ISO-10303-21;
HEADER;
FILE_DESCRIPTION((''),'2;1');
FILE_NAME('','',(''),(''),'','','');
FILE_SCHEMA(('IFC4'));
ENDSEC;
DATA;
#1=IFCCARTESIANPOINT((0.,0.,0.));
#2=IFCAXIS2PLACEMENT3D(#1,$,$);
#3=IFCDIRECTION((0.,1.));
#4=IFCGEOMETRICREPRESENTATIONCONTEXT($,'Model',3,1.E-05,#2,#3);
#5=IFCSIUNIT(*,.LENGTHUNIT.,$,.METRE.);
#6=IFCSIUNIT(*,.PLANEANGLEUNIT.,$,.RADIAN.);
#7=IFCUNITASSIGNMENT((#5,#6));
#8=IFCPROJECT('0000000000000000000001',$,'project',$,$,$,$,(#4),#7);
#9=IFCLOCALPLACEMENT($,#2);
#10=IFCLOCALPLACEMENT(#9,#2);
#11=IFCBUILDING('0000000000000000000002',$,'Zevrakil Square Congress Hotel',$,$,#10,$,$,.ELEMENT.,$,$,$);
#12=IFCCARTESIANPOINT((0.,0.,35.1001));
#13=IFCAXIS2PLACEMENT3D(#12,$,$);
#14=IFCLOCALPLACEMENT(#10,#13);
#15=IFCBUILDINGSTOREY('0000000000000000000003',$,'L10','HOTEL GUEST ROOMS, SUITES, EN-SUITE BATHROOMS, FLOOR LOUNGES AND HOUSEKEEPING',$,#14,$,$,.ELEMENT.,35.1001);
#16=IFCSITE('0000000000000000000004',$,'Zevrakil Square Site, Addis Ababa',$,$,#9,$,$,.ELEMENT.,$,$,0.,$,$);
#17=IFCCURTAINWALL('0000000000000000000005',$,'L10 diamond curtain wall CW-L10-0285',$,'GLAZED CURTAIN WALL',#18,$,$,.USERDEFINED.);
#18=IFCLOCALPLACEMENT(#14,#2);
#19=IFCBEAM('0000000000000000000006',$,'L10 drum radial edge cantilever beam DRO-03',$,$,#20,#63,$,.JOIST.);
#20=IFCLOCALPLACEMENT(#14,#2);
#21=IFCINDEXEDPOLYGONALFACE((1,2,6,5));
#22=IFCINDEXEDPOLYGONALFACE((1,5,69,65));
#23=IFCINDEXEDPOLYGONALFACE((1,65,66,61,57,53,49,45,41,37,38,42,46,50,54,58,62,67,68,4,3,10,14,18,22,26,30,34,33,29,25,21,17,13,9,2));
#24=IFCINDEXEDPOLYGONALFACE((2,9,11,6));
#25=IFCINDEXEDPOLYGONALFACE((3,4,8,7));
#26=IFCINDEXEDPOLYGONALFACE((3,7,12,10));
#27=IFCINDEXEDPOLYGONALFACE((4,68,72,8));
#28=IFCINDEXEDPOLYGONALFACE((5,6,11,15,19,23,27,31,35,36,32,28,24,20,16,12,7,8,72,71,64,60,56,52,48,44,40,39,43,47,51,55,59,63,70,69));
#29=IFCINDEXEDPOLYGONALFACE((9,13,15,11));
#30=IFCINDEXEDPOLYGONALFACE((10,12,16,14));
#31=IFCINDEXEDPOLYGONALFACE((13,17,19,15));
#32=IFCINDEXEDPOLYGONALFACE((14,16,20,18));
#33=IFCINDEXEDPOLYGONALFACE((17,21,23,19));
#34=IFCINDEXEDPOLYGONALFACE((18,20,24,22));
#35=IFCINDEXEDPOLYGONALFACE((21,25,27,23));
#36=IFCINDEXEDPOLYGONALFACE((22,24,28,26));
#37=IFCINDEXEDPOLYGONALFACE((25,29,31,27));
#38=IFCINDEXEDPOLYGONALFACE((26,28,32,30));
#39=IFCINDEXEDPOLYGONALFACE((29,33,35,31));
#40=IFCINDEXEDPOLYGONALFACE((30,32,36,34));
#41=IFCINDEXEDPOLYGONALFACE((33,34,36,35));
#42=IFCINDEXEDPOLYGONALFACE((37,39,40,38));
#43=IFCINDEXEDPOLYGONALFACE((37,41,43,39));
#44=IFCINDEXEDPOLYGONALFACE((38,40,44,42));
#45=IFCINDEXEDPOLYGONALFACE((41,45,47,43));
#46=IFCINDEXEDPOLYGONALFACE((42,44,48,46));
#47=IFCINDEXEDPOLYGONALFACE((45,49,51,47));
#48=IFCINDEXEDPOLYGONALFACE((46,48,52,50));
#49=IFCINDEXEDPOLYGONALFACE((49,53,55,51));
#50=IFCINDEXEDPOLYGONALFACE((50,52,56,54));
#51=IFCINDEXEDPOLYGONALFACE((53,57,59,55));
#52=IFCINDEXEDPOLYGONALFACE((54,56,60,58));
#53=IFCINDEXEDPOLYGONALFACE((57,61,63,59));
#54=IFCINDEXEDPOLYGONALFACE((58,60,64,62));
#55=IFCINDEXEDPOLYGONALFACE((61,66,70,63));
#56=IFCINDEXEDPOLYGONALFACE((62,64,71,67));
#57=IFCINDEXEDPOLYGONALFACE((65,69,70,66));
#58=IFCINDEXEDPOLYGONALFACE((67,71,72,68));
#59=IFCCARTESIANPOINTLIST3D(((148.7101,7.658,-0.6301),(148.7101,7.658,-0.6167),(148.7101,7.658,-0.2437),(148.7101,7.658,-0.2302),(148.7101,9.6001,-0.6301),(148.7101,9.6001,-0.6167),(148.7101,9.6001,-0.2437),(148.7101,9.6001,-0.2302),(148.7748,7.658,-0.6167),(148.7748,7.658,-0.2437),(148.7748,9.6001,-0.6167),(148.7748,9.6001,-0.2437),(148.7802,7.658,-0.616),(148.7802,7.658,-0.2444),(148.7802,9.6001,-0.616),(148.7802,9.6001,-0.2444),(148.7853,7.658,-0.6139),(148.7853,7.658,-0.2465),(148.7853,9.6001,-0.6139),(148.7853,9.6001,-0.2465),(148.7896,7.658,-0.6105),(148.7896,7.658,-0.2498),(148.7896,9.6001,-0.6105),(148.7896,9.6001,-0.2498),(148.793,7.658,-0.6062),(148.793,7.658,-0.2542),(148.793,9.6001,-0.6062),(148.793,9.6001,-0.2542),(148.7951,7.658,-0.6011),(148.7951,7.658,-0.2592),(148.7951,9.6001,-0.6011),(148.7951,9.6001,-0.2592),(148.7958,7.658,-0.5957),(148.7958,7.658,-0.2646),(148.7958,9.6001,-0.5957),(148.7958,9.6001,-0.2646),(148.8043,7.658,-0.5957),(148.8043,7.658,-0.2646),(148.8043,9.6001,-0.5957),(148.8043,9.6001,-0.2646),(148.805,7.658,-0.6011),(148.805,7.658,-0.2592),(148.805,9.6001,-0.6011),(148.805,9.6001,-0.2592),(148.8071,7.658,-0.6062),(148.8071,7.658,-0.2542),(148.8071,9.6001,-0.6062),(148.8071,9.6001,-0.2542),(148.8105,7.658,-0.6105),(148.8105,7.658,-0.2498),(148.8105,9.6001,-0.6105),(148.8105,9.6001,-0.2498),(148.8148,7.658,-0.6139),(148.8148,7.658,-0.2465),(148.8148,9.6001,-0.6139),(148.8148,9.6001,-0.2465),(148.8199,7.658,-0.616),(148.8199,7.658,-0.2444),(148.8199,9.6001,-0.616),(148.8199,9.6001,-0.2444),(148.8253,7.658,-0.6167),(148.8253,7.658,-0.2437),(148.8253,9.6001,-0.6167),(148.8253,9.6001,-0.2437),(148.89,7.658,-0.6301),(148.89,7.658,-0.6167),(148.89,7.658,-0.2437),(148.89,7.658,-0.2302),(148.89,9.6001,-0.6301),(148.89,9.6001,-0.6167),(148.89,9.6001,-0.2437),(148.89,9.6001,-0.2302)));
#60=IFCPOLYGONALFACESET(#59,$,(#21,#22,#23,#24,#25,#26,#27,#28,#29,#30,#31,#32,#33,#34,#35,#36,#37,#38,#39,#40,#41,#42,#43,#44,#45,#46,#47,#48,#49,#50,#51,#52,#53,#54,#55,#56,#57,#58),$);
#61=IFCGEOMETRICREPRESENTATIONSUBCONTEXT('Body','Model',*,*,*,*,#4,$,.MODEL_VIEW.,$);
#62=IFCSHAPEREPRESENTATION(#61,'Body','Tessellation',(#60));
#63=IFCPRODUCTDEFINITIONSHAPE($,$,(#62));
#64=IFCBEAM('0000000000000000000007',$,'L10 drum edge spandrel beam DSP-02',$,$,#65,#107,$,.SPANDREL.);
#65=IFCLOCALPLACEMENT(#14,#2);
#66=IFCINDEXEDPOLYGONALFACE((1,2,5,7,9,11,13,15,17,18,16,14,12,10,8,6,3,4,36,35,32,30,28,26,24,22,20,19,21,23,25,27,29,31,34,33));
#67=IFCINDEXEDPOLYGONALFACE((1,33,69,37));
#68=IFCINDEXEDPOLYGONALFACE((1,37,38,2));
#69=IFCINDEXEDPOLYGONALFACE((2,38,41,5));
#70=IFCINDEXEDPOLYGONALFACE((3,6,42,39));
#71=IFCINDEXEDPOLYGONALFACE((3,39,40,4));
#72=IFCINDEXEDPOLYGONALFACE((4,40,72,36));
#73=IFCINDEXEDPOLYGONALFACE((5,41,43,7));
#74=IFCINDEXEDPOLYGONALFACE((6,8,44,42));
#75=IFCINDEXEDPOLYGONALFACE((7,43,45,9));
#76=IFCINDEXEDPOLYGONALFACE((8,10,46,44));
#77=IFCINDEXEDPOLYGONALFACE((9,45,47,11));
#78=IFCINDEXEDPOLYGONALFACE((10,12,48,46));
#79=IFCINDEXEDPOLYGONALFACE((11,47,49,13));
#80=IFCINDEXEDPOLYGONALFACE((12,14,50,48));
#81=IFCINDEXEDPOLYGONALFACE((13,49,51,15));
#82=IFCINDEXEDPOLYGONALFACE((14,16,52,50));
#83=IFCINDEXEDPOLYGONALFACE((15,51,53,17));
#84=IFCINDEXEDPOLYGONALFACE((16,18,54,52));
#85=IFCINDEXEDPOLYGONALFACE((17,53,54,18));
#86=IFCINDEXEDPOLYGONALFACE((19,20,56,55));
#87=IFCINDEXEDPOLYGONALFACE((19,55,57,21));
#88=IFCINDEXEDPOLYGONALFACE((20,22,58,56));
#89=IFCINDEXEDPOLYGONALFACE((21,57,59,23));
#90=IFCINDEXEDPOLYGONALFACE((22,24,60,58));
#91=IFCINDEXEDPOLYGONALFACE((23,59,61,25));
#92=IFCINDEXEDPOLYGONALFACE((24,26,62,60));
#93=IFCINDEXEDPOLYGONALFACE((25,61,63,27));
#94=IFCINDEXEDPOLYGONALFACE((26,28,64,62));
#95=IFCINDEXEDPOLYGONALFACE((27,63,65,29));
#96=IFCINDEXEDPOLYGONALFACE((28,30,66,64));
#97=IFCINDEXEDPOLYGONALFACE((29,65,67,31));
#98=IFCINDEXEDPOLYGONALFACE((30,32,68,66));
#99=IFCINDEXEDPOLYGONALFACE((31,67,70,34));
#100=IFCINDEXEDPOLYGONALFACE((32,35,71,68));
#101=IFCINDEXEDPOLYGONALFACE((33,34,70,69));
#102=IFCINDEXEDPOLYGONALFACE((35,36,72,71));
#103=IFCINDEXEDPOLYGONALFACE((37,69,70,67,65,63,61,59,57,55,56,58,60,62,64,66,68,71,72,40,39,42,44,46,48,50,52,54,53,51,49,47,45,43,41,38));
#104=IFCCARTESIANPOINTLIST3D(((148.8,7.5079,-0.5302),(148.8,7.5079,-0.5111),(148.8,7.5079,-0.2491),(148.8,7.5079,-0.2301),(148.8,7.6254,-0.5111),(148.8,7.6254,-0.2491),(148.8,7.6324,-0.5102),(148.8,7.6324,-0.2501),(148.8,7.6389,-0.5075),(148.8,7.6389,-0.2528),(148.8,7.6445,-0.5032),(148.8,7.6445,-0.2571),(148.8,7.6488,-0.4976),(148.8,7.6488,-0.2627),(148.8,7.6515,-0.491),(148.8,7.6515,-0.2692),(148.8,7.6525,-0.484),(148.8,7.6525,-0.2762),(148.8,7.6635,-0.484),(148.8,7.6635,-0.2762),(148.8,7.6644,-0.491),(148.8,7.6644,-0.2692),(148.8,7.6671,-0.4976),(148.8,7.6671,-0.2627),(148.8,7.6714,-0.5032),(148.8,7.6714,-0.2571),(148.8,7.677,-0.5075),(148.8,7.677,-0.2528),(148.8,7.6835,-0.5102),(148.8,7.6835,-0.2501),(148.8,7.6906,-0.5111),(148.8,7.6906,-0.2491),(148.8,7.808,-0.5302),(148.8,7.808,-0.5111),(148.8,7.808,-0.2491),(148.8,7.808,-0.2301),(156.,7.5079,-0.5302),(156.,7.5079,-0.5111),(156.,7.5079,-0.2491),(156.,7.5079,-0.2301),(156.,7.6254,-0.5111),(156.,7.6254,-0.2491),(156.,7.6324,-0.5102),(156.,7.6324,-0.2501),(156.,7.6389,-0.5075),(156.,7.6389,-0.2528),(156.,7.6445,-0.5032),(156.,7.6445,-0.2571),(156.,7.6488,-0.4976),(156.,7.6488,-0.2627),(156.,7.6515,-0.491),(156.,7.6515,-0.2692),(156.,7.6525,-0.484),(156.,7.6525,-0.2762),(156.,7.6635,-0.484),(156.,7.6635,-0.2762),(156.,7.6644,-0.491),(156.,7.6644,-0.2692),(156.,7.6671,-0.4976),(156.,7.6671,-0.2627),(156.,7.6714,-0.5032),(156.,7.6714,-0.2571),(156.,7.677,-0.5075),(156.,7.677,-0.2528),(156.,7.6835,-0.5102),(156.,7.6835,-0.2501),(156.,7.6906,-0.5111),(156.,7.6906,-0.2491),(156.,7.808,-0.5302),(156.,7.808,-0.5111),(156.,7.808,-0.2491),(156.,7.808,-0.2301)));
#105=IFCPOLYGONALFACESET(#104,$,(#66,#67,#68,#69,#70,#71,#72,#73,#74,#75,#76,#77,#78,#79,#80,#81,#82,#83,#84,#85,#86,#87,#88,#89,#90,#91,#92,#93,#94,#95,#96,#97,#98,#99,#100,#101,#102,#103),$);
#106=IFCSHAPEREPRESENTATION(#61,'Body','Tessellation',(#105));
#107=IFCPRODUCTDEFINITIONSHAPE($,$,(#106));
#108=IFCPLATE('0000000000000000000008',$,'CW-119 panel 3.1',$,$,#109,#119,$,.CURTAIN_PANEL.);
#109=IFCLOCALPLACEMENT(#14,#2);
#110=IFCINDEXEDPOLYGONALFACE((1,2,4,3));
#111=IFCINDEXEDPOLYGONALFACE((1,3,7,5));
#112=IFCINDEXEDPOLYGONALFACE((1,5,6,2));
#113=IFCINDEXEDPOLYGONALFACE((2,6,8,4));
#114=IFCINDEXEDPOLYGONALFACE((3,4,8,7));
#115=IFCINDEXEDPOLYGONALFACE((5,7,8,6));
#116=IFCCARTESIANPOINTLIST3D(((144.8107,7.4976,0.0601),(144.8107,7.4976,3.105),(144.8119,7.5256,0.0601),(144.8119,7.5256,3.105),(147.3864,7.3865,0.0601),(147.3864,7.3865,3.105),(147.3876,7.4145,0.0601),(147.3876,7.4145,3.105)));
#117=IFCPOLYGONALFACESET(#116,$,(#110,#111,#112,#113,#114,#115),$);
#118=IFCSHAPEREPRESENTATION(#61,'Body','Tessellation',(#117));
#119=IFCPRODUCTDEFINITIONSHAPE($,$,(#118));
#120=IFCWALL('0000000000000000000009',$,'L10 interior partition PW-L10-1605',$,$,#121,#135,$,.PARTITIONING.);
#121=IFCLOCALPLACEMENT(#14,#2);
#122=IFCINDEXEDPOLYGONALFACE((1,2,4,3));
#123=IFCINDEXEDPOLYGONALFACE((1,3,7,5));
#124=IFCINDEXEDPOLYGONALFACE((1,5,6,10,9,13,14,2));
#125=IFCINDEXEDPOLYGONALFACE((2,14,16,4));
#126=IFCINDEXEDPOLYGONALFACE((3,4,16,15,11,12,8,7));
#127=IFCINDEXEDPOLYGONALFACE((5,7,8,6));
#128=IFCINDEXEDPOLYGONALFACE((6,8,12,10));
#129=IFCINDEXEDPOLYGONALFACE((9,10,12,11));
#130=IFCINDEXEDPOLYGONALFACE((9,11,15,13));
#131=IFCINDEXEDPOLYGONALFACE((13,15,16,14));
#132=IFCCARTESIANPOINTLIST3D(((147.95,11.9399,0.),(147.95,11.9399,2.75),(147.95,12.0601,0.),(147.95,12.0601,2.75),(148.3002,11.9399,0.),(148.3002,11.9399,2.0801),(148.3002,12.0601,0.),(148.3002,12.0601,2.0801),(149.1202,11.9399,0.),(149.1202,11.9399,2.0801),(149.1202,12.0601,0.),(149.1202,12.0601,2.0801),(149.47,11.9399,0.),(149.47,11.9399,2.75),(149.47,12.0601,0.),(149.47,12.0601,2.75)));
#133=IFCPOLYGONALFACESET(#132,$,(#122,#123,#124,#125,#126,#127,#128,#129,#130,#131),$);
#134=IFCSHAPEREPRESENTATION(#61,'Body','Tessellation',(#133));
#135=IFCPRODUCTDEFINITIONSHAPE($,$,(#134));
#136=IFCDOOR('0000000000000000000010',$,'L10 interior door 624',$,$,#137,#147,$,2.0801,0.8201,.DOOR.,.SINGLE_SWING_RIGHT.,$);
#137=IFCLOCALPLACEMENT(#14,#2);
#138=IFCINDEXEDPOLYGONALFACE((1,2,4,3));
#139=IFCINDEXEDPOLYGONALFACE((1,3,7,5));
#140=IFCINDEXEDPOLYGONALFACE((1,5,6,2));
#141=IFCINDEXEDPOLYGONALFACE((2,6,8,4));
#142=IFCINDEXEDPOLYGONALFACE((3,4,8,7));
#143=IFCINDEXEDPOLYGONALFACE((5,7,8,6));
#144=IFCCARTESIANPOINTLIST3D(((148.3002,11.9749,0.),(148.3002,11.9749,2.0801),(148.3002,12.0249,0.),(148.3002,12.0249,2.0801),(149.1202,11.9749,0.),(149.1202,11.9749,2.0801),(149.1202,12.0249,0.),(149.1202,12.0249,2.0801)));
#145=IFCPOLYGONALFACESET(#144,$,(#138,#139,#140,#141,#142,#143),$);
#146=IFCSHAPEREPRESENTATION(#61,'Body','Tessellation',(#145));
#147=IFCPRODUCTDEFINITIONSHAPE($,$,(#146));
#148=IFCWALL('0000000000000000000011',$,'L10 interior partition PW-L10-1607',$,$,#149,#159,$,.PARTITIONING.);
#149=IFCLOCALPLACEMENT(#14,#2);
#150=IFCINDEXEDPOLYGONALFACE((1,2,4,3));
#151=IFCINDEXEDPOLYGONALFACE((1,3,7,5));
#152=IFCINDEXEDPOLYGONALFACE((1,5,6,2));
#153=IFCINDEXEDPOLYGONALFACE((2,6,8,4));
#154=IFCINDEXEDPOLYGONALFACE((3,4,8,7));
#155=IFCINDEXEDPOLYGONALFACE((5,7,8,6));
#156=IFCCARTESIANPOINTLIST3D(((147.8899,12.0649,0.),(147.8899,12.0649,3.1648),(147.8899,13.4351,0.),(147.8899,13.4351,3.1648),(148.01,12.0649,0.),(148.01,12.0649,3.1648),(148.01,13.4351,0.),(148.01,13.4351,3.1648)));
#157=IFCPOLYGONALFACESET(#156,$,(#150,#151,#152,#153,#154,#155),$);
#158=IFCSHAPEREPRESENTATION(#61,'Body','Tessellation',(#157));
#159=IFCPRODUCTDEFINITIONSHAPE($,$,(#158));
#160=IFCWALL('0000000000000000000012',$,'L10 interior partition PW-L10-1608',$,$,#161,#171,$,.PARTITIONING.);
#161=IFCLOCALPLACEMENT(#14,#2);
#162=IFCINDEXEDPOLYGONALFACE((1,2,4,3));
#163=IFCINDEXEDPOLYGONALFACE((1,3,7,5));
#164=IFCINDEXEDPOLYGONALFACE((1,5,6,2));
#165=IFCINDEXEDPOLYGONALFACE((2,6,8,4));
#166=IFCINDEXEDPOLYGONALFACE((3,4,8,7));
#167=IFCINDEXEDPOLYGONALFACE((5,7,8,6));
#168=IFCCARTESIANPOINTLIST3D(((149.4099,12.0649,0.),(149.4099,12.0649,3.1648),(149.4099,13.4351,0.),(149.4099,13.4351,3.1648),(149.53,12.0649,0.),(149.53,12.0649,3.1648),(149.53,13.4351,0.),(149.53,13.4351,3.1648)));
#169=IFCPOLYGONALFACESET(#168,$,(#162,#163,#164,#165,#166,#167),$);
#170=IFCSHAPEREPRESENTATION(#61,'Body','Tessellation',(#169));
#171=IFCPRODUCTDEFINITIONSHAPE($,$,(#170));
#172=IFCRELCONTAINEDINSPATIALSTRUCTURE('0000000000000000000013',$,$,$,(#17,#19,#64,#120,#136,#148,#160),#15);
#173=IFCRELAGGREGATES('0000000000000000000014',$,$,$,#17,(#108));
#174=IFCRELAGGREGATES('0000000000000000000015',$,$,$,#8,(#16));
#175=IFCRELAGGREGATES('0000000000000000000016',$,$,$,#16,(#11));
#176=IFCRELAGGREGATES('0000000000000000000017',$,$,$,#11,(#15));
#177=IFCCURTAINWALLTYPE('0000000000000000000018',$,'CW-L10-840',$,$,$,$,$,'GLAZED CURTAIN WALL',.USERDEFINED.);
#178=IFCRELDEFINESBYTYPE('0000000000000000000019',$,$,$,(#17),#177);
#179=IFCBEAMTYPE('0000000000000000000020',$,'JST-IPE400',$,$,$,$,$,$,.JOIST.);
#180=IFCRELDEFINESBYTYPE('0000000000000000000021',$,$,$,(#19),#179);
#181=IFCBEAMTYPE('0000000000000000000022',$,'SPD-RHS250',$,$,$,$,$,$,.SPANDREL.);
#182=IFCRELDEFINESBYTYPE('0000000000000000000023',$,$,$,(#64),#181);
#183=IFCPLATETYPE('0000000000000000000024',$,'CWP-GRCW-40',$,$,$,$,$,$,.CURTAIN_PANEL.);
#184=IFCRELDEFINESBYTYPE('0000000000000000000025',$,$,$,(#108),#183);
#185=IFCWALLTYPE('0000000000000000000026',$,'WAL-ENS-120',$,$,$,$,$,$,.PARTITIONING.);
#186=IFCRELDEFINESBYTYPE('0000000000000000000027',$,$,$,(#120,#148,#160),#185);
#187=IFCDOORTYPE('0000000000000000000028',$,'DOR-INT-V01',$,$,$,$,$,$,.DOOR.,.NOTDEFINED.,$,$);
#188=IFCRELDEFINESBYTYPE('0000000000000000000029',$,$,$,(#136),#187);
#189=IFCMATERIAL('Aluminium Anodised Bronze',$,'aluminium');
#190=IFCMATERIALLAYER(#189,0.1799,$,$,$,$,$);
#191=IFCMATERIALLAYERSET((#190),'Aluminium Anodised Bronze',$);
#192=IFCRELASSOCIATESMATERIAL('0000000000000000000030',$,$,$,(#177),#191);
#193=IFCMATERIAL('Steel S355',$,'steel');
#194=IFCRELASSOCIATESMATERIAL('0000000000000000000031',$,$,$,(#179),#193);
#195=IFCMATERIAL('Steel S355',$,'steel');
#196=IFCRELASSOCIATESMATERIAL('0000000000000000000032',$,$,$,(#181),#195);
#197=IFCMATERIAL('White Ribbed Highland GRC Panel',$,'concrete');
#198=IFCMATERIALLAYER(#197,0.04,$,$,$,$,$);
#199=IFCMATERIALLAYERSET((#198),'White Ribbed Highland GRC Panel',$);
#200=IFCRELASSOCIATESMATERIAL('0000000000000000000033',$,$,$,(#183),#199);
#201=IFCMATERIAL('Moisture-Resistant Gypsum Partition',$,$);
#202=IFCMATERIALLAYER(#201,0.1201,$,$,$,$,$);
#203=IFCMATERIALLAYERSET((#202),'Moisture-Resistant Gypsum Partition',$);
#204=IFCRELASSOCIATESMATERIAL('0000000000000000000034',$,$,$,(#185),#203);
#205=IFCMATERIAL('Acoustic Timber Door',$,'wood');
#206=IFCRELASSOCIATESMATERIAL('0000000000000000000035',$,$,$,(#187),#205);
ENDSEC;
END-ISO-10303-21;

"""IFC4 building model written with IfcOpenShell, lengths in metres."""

from ifc_helpers import new_model, si_unit, direction, frame, frame_2d, origin, origin_2d, place, context, subcontext, project, spatial, rectangle, i_section, extrude, material, layer, layer_set, material_profile, profile_set, type_object, element, fill, aggregate, save


model = new_model("IFC4")

# Units and contexts
model_context = context("Model", 3, precision=1e-05, world=origin(), true_north=direction((0.0, 1.0)))
body_context = subcontext(model_context, "Body", "Model", "MODEL_VIEW")
ifc_project = project(units=[si_unit("LENGTHUNIT", "METRE"), si_unit("PLANEANGLEUNIT", "RADIAN")], contexts=[model_context])

# Site, building, storey
site_placement = place(None, origin())
site = spatial("IfcSite", under=ifc_project, at=site_placement, Name="Zevrakil Square Site, Addis Ababa", CompositionType="ELEMENT", RefElevation=0.0)
building_placement = place(site_placement, origin())
building = spatial("IfcBuilding", under=site, at=building_placement, Name="Zevrakil Square Congress Hotel", CompositionType="ELEMENT")
storey_placement = place(building_placement, frame((0.0, 0.0, 35.1001)))
storey = spatial("IfcBuildingStorey", under=building, at=storey_placement, Name="L10", Description="HOTEL GUEST ROOMS, SUITES, EN-SUITE BATHROOMS, FLOOR LOUNGES AND HOUSEKEEPING", CompositionType="ELEMENT", Elevation=35.1001)

# Curtain wall
ifc_material_1 = material(Name="Aluminium Anodised Bronze", Category="aluminium")
ifc_layer_1 = layer(ifc_material_1, 0.1799)
ifc_layer_set_1 = layer_set([ifc_layer_1], Name="Aluminium Anodised Bronze")
curtain_wall_type = type_object("IfcCurtainWallType", Name="CW-L10-840", ElementType="GLAZED CURTAIN WALL", PredefinedType="USERDEFINED", material=ifc_layer_set_1)
curtain_wall_placement = place(storey_placement, origin())
curtain_wall = element("IfcCurtainWall", 1, at=curtain_wall_placement, inside=storey, type_object=curtain_wall_type, Name="L10 diamond curtain wall CW-L10-0285", ObjectType="GLAZED CURTAIN WALL", PredefinedType="USERDEFINED")

# Beams
ifc_material_2 = material(Name="Steel S355", Category="steel")
ifc_material_profile_1 = material_profile(ifc_material_2, i_section(OverallWidth=0.1799, OverallDepth=0.3999, WebThickness=0.0085, FlangeThickness=0.0134, FilletRadius=0.021, at=origin_2d()), Name="IPE 400")
ifc_profile_set_1 = profile_set([ifc_material_profile_1], Name="Steel S355")
beam_type_1 = type_object("IfcBeamType", Name="JST-IPE400", PredefinedType="JOIST", material=ifc_profile_set_1)
beam_1_placement = place(storey_placement, frame((148.8, 9.6001, -0.4302), z_axis=(0.0, -1.0, 0.0), x_axis=(1.0, 0.0, 0.0)))
element("IfcBeam", 2, at=beam_1_placement, inside=storey, type_object=beam_type_1, Name="L10 drum radial edge cantilever beam DRO-03", PredefinedType="JOIST", context=body_context, shape_type="SweptSolid", body=[
    extrude(i_section(OverallWidth=0.1799, OverallDepth=0.3999, WebThickness=0.0085, FlangeThickness=0.0134, FilletRadius=0.021, at=origin_2d()), origin(), (0.0, 0.0, 1.0), 1.9421),
])
ifc_material_3 = material(Name="Steel S355", Category="steel")
ifc_material_profile_2 = material_profile(ifc_material_3, i_section(OverallWidth=0.3, OverallDepth=0.3, WebThickness=0.011, FlangeThickness=0.019, FilletRadius=0.0271, at=origin_2d()), Name="HEB 300")
ifc_profile_set_2 = profile_set([ifc_material_profile_2], Name="Steel S355")
beam_type_2 = type_object("IfcBeamType", Name="SPD-RHS250", PredefinedType="SPANDREL", material=ifc_profile_set_2)
beam_2_placement = place(storey_placement, frame((148.8, 7.658, -0.3801), z_axis=(1.0, 0.0, 0.0), x_axis=(0.0, 1.0, 0.0)))
element("IfcBeam", 3, at=beam_2_placement, inside=storey, type_object=beam_type_2, Name="L10 drum edge spandrel beam DSP-02", PredefinedType="SPANDREL", context=body_context, shape_type="SweptSolid", body=[
    extrude(i_section(OverallWidth=0.3, OverallDepth=0.3, WebThickness=0.011, FlangeThickness=0.019, FilletRadius=0.0271, at=origin_2d()), origin(), (0.0, 0.0, 1.0), 7.2),
])

# Plate
ifc_material_4 = material(Name="White Ribbed Highland GRC Panel", Category="concrete")
ifc_layer_2 = layer(ifc_material_4, 0.04)
ifc_layer_set_2 = layer_set([ifc_layer_2], Name="White Ribbed Highland GRC Panel")
plate_type = type_object("IfcPlateType", Name="CWP-GRCW-40", PredefinedType="CURTAIN_PANEL", material=ifc_layer_set_2)
plate_placement = place(storey_placement, frame((146.0991, 7.4561, 0.0601), z_axis=(0.0, 0.0, 1.0), x_axis=(0.999071, -0.043102, 0.0)))
plate = element("IfcPlate", 4, at=plate_placement, type_object=plate_type, Name="CW-119 panel 3.1", PredefinedType="CURTAIN_PANEL", context=body_context, shape_type="SweptSolid", body=[
    extrude(rectangle(XDim=2.5781, YDim=0.0281, at=origin_2d()), origin(), (0.0, 0.0, 1.0), 3.0449),
])
aggregate(curtain_wall, [plate])

# Wall, opening, door
ifc_material_5 = material(Name="Moisture-Resistant Gypsum Partition")
ifc_layer_3 = layer(ifc_material_5, 0.1201)
ifc_layer_set_3 = layer_set([ifc_layer_3], Name="Moisture-Resistant Gypsum Partition")
wall_type_1 = type_object("IfcWallType", Name="WAL-ENS-120", PredefinedType="PARTITIONING", material=ifc_layer_set_3)
wall_1_placement = place(storey_placement, frame((147.95, 12.0, 0.0), z_axis=(0.0, 0.0, 1.0), x_axis=(1.0, 0.0, 0.0)))
wall_1 = element("IfcWall", 5, at=wall_1_placement, inside=storey, type_object=wall_type_1, Name="L10 interior partition PW-L10-1605", PredefinedType="PARTITIONING", context=body_context, shape_type="SweptSolid", body=[
    extrude(rectangle(XDim=1.52, YDim=0.1201, at=frame_2d((0.76, 0.0))), origin(), (0.0, 0.0, 1.0), 2.75),
])
opening_1_placement = place(wall_1_placement, frame((0.3501, 0.0, 0.0)))
opening_1 = element("IfcOpeningElement", 6, at=opening_1_placement, cuts=wall_1, PredefinedType="OPENING", context=body_context, shape_type="SweptSolid", body=[
    extrude(rectangle(XDim=0.8201, YDim=2.0801, at=frame_2d((0.4102, 1.04))), frame((0.0, 0.0701, 0.0), z_axis=(0.0, -1.0, 0.0), x_axis=(1.0, 0.0, 0.0)), (0.0, 0.0, 1.0), 0.1401),
])
ifc_material_6 = material(Name="Acoustic Timber Door", Category="wood")
door_type = type_object("IfcDoorType", Name="DOR-INT-V01", OperationType="NOTDEFINED", PredefinedType="DOOR", material=ifc_material_6)
door_1_placement = place(opening_1_placement, origin())
door_1 = element("IfcDoor", 7, at=door_1_placement, inside=storey, type_object=door_type, Name="L10 interior door 624", OperationType="SINGLE_SWING_RIGHT", OverallHeight=2.0801, OverallWidth=0.8201, PredefinedType="DOOR", context=body_context, shape_type="SweptSolid", body=[
    extrude(rectangle(XDim=0.8201, YDim=2.0801, at=frame_2d((0.4102, 1.04))), frame((0.0, 0.0249, 0.0), z_axis=(0.0, -1.0, 0.0), x_axis=(1.0, 0.0, 0.0)), (0.0, 0.0, 1.0), 0.05),
])
fill(opening_1, door_1)

# Walls
for number, where, z_axis, x_axis, name in (
    (8, (147.95, 12.0649, 0.0), (0.0, 0.0, 1.0), (0.0, 1.0, 0.0), "L10 interior partition PW-L10-1607"),
    (9, (149.47, 12.0649, 0.0), (0.0, 0.0, 1.0), (0.0, 1.0, 0.0), "L10 interior partition PW-L10-1608"),
):
    element("IfcWall", number, at=place(storey_placement, frame(where, z_axis=z_axis, x_axis=x_axis)), inside=storey, type_object=wall_type_1, Name=name, PredefinedType="PARTITIONING", context=body_context, shape_type="SweptSolid", body=[
        extrude(rectangle(XDim=1.3701, YDim=0.1201, at=frame_2d((0.6851, 0.0))), origin(), (0.0, 0.0, 1.0), 3.1648),
    ])

save(model, "model.ifc")
